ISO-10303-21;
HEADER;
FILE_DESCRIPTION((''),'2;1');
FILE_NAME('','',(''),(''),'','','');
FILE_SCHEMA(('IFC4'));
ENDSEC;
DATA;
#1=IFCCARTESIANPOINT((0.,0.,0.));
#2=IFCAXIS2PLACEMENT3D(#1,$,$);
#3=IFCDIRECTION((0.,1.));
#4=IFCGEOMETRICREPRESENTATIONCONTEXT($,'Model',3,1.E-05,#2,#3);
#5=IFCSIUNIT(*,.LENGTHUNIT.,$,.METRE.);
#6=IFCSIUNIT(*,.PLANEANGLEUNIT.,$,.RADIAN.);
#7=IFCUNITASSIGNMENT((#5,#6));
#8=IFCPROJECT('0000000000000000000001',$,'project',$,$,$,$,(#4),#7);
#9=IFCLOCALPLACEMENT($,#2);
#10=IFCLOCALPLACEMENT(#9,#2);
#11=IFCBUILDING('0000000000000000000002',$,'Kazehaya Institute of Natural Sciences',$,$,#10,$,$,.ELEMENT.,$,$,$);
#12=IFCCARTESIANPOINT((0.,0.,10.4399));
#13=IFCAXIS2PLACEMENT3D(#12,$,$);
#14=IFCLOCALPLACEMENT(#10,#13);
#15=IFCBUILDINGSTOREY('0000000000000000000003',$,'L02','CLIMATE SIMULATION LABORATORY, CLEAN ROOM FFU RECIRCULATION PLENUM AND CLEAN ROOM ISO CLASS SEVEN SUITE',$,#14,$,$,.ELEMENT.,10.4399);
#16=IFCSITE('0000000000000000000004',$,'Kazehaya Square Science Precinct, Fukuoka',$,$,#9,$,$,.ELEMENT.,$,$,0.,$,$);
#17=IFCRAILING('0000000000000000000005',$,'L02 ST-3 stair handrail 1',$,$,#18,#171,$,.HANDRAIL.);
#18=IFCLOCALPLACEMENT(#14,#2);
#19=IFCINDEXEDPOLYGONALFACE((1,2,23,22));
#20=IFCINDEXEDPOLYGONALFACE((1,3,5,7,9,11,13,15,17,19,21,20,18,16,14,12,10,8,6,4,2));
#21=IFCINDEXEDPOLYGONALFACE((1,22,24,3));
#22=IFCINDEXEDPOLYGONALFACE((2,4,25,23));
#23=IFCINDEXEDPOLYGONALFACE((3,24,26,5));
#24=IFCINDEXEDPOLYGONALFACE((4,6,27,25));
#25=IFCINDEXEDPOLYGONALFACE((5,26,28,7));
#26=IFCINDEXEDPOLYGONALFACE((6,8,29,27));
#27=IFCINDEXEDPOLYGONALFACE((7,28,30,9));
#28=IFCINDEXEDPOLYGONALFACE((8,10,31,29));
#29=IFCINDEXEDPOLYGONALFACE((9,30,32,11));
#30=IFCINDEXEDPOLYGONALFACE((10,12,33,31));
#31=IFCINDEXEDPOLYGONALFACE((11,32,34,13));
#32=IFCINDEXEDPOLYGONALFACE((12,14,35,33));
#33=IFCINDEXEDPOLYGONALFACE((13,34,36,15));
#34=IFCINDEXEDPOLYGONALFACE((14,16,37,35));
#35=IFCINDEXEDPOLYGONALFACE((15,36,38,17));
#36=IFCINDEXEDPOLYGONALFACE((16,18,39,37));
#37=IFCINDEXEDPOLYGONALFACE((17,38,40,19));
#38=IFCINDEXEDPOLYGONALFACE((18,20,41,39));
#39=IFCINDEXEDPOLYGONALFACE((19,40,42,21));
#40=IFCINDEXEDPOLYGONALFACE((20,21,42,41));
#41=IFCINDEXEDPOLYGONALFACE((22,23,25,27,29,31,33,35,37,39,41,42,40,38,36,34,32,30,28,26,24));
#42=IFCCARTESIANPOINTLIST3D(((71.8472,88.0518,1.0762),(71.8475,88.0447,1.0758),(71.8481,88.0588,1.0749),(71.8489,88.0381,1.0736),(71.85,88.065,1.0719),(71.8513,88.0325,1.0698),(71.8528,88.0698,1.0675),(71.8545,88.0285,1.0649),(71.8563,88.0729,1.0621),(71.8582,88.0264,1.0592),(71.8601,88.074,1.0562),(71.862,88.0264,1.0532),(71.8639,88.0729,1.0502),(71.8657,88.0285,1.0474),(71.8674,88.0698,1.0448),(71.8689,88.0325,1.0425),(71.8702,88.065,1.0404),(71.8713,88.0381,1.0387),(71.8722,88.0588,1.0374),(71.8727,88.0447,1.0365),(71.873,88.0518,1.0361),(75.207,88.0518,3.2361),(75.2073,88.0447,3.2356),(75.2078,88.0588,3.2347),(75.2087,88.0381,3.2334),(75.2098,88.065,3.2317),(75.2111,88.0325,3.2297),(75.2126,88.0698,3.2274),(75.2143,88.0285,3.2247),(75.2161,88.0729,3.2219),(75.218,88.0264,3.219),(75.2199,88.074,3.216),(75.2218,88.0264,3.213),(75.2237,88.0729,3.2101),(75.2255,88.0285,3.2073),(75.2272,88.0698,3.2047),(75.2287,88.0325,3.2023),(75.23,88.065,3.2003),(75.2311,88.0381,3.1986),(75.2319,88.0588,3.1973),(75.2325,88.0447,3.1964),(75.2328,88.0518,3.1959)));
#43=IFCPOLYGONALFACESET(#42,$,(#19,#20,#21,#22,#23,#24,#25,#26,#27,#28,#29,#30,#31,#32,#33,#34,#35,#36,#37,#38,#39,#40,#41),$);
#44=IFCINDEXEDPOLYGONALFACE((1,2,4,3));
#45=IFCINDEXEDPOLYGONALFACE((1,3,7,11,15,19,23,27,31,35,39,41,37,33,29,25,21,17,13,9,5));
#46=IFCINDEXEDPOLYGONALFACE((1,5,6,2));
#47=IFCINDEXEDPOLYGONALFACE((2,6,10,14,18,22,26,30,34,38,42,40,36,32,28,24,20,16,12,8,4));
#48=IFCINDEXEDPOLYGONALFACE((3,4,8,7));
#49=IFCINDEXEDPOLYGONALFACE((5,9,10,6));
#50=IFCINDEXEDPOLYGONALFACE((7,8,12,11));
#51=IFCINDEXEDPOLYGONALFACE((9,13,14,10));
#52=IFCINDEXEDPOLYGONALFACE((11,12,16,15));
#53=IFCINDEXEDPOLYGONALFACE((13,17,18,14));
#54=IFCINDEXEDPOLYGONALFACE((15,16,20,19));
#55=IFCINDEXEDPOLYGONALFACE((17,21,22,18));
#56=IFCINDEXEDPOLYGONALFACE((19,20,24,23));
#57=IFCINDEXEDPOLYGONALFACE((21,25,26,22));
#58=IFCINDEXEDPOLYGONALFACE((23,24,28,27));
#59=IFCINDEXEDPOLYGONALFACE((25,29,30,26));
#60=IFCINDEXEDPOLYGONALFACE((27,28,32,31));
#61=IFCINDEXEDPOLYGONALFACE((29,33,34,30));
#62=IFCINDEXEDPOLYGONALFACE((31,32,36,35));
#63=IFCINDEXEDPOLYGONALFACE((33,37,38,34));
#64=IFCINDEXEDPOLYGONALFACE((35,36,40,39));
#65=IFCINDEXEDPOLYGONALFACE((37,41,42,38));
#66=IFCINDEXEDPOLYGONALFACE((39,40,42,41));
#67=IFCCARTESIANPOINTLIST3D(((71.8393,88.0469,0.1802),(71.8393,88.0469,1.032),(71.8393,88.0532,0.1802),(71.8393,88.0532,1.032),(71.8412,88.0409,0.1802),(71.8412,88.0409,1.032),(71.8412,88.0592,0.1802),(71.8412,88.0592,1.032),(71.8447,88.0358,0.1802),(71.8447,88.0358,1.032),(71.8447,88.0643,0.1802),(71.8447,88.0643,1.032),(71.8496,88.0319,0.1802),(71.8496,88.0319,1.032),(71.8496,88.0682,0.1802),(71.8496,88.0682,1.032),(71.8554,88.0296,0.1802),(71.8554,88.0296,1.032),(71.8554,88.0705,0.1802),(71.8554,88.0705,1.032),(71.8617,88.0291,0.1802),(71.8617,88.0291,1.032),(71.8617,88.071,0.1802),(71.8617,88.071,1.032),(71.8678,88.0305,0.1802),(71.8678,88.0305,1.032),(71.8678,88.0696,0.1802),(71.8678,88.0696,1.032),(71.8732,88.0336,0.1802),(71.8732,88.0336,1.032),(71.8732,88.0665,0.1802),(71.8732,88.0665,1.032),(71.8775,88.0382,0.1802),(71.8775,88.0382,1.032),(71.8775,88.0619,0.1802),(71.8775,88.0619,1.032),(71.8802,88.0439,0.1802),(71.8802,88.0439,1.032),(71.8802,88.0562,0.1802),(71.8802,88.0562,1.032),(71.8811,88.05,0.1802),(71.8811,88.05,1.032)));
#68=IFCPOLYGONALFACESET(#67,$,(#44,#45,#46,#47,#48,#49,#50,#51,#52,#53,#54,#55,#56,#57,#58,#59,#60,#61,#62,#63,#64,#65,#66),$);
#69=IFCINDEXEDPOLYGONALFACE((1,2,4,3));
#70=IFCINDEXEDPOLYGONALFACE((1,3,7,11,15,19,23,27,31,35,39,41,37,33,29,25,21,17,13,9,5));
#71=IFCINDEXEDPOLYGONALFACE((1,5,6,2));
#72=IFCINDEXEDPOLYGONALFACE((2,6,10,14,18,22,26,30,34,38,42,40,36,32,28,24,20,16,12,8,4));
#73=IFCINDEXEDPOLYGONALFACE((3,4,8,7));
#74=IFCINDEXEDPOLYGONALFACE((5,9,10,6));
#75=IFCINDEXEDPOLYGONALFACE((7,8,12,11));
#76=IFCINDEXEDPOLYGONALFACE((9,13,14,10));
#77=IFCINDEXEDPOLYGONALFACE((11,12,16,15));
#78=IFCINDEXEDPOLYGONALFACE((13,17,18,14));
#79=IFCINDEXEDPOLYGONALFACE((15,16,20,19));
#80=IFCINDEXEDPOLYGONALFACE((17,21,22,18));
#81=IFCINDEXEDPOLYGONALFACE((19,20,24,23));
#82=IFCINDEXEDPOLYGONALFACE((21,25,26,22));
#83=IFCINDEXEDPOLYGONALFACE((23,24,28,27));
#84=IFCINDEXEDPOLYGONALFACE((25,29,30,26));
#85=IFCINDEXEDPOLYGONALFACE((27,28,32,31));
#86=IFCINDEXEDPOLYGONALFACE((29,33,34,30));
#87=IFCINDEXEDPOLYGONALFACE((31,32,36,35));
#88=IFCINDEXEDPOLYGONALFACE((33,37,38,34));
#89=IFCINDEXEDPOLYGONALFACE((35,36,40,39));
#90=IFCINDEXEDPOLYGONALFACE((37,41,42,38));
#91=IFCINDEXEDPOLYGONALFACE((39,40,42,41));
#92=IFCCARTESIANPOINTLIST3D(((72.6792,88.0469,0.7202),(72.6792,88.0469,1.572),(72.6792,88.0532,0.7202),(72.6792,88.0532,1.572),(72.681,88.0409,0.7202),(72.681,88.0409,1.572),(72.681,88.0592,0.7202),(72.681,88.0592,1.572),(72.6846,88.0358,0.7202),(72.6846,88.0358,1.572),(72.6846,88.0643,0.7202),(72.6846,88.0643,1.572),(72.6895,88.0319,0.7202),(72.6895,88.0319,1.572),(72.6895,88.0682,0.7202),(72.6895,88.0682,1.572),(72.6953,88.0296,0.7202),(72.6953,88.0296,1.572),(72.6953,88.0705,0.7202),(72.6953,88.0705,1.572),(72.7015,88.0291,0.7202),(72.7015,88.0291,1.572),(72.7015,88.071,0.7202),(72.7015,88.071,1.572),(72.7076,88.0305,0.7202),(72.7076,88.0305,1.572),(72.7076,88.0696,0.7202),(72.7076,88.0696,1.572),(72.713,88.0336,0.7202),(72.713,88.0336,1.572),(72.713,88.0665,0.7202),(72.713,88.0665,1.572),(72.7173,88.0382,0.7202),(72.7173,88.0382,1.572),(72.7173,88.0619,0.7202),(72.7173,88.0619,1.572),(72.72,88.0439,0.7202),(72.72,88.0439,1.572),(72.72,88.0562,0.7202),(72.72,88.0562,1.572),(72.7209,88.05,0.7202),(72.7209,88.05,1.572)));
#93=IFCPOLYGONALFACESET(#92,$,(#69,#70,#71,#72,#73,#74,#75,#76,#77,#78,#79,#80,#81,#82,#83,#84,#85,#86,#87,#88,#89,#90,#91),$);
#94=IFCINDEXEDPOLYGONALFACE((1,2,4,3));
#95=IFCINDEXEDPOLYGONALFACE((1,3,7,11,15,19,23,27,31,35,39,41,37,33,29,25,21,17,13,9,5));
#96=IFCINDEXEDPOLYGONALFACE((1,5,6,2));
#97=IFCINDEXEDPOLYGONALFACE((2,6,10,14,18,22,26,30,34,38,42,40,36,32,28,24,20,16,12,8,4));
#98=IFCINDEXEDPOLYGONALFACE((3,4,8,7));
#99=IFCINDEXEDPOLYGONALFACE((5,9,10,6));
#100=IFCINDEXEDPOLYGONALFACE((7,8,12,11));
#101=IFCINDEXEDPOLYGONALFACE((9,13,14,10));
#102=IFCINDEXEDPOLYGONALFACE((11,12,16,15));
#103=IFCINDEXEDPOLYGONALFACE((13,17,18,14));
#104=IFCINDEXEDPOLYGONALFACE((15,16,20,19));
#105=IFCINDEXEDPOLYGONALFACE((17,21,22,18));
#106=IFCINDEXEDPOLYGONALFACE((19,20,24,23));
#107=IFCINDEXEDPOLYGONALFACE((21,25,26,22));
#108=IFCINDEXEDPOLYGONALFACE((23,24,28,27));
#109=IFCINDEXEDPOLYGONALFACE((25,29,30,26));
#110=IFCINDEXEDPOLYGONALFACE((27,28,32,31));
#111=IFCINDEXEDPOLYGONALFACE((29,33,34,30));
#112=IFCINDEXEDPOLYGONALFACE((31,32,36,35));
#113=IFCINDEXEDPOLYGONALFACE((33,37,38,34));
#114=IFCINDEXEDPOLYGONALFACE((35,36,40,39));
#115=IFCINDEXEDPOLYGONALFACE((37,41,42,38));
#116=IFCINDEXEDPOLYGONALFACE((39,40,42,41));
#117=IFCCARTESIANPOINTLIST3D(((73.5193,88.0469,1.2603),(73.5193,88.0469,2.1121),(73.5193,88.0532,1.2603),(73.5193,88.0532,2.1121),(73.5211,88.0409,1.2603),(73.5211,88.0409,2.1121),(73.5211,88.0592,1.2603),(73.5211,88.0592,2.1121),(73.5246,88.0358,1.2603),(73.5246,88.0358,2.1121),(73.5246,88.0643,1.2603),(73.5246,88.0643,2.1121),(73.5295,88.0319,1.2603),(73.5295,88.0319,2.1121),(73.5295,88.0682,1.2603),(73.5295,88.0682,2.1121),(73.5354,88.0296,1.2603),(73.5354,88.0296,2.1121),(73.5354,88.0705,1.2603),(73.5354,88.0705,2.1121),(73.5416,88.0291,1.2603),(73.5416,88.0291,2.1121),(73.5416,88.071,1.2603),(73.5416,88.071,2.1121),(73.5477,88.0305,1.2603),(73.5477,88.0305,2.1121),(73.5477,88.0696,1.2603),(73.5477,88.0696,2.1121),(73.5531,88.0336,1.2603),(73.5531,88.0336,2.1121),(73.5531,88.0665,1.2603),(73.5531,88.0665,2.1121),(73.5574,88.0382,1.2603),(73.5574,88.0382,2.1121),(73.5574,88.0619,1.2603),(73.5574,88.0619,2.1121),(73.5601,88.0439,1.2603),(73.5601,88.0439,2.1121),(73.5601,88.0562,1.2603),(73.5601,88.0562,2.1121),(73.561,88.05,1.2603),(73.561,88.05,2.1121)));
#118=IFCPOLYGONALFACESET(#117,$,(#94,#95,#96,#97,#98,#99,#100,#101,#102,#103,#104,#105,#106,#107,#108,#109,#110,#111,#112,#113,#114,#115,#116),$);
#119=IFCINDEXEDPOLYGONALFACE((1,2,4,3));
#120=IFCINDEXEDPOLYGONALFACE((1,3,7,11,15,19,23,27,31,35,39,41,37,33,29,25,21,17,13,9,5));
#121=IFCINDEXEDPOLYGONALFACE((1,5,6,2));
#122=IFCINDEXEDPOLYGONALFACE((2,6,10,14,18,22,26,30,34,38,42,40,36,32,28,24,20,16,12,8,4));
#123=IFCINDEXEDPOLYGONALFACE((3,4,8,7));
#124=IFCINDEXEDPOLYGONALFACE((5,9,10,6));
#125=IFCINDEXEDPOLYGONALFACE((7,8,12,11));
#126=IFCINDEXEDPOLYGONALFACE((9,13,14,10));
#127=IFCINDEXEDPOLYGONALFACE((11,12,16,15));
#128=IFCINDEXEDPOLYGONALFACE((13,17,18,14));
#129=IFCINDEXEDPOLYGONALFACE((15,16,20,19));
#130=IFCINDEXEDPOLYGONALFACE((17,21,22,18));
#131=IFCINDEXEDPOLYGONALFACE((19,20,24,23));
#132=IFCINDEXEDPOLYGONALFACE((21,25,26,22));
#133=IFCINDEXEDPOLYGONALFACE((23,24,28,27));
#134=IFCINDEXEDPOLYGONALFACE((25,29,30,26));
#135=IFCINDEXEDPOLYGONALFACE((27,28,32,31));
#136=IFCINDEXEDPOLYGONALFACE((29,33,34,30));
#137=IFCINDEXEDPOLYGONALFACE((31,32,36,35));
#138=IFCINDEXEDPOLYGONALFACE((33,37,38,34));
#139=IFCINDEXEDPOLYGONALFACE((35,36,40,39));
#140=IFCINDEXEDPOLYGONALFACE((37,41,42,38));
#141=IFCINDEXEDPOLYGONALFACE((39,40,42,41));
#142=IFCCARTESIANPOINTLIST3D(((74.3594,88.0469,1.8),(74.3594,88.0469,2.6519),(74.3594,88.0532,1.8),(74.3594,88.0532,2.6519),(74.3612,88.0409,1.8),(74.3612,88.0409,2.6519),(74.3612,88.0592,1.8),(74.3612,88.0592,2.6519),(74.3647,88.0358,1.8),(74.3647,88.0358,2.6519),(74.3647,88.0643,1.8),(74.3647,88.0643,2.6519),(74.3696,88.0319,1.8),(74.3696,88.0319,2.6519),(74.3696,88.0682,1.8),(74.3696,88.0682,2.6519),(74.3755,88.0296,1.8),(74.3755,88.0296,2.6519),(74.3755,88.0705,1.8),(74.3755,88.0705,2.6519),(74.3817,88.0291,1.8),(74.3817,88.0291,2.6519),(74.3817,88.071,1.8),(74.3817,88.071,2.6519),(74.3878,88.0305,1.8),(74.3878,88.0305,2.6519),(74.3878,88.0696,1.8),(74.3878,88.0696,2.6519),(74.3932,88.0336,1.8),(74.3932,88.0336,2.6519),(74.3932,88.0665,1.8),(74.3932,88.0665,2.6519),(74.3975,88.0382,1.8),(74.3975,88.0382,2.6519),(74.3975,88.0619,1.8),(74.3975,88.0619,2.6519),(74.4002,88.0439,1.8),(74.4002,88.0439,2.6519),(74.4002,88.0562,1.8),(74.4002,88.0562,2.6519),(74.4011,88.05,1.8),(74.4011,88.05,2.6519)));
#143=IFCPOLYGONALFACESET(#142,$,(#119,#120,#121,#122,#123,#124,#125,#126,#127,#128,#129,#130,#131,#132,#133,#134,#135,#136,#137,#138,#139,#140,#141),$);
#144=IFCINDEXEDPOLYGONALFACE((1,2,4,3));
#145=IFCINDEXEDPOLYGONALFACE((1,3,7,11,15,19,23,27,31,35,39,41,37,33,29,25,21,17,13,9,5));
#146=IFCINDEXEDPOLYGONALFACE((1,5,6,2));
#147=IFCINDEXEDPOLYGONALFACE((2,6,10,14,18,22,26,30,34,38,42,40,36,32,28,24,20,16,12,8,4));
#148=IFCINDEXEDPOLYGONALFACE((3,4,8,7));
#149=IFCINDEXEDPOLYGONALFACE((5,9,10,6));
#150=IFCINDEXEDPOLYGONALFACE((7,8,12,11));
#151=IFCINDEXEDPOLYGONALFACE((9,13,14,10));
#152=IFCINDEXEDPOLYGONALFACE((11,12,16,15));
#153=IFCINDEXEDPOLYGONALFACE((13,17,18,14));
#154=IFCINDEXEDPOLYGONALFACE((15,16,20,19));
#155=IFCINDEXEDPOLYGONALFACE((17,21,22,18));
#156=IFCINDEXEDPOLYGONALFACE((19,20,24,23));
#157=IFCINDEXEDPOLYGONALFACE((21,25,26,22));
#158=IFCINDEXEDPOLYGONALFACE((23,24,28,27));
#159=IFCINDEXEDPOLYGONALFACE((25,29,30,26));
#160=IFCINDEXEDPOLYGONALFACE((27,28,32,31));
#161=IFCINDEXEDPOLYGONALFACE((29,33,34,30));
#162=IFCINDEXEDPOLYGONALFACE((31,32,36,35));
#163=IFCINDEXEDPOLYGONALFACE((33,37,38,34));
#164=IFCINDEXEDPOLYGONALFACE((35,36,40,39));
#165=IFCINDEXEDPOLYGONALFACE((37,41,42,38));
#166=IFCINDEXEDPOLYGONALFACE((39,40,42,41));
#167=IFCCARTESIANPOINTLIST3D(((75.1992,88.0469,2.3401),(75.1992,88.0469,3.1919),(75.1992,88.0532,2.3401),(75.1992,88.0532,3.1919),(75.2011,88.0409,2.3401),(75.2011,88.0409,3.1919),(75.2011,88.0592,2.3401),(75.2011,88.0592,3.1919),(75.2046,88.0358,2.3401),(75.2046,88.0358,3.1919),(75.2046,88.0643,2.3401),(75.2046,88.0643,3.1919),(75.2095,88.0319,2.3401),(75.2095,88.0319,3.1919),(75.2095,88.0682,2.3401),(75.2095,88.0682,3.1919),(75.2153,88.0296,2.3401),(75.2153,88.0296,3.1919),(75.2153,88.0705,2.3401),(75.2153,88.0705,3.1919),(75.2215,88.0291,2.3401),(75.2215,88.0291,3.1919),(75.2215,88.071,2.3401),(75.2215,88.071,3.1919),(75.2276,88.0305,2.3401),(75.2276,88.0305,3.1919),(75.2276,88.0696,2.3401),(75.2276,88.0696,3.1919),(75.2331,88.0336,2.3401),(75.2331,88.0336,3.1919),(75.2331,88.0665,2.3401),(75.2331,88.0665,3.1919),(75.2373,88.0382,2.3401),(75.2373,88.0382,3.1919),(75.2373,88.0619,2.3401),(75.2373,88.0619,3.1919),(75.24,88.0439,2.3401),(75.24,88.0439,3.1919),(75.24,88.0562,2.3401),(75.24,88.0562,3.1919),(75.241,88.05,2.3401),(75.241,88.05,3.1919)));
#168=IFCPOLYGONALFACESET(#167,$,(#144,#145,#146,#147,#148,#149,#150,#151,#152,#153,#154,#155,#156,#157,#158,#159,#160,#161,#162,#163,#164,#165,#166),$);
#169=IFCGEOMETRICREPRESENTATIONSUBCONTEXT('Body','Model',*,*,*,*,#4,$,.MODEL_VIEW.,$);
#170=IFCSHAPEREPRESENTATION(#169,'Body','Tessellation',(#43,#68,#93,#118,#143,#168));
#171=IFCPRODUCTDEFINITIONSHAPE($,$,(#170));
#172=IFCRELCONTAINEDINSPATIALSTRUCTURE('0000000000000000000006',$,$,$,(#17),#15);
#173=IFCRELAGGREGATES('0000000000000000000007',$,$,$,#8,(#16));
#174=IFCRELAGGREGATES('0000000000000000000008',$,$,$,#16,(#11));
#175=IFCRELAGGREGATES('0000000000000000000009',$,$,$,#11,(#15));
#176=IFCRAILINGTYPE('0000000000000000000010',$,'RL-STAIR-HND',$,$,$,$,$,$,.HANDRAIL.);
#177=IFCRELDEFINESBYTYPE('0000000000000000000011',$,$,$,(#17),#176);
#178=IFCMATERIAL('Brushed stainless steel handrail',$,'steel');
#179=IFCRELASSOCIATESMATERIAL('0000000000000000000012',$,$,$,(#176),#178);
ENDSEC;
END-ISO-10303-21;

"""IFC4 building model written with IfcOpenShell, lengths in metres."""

from ifc_helpers import new_model, si_unit, direction, frame, origin, origin_2d, place, context, subcontext, project, spatial, circle, extrude, material, type_object, element, save


model = new_model("IFC4")

# Units and contexts
model_context = context("Model", 3, precision=1e-05, world=origin(), true_north=direction((0.0, 1.0)))
body_context = subcontext(model_context, "Body", "Model", "MODEL_VIEW")
ifc_project = project(units=[si_unit("LENGTHUNIT", "METRE"), si_unit("PLANEANGLEUNIT", "RADIAN")], contexts=[model_context])

# Site, building, storey
site_placement = place(None, origin())
site = spatial("IfcSite", under=ifc_project, at=site_placement, Name="Kazehaya Square Science Precinct, Fukuoka", CompositionType="ELEMENT", RefElevation=0.0)
building_placement = place(site_placement, origin())
building = spatial("IfcBuilding", under=site, at=building_placement, Name="Kazehaya Institute of Natural Sciences", CompositionType="ELEMENT")
storey_placement = place(building_placement, frame((0.0, 0.0, 10.4399)))
storey = spatial("IfcBuildingStorey", under=building, at=storey_placement, Name="L02", Description="CLIMATE SIMULATION LABORATORY, CLEAN ROOM FFU RECIRCULATION PLENUM AND CLEAN ROOM ISO CLASS SEVEN SUITE", CompositionType="ELEMENT", Elevation=10.4399)

# Railing
ifc_material_1 = material(Name="Brushed stainless steel handrail", Category="steel")
railing_type_1 = type_object("IfcRailingType", Name="RL-STAIR-HND", PredefinedType="HANDRAIL", material=ifc_material_1)
railing_1_placement = place(storey_placement, frame((71.8601, 88.05, 0.1802)))
element("IfcRailing", 1, at=railing_1_placement, inside=storey, type_object=railing_type_1, Name="L02 ST-3 stair handrail 1", PredefinedType="HANDRAIL", context=body_context, shape_type="SweptSolid", body=[
    extrude(circle(Radius=0.0239, at=origin_2d()), frame((0.0, 0.0, 0.876), z_axis=(0.841178, 0.0, 0.540758), x_axis=(0.0, 1.0, 0.0)), (0.0, 0.0, 1.0), 3.9941),
    extrude(circle(Radius=0.021, at=origin_2d()), origin(), (0.0, 0.0, 1.0), 0.8518),
    extrude(circle(Radius=0.021, at=origin_2d()), frame((0.8398, 0.0, 0.54)), (0.0, 0.0, 1.0), 0.8518),
    extrude(circle(Radius=0.021, at=origin_2d()), frame((1.6799, 0.0, 1.0801)), (0.0, 0.0, 1.0), 0.8518),
    extrude(circle(Radius=0.021, at=origin_2d()), frame((2.52, 0.0, 1.6199)), (0.0, 0.0, 1.0), 0.8518),
    extrude(circle(Radius=0.021, at=origin_2d()), frame((3.3599, 0.0, 2.1599)), (0.0, 0.0, 1.0), 0.8518),
])

save(model, "model.ifc")
